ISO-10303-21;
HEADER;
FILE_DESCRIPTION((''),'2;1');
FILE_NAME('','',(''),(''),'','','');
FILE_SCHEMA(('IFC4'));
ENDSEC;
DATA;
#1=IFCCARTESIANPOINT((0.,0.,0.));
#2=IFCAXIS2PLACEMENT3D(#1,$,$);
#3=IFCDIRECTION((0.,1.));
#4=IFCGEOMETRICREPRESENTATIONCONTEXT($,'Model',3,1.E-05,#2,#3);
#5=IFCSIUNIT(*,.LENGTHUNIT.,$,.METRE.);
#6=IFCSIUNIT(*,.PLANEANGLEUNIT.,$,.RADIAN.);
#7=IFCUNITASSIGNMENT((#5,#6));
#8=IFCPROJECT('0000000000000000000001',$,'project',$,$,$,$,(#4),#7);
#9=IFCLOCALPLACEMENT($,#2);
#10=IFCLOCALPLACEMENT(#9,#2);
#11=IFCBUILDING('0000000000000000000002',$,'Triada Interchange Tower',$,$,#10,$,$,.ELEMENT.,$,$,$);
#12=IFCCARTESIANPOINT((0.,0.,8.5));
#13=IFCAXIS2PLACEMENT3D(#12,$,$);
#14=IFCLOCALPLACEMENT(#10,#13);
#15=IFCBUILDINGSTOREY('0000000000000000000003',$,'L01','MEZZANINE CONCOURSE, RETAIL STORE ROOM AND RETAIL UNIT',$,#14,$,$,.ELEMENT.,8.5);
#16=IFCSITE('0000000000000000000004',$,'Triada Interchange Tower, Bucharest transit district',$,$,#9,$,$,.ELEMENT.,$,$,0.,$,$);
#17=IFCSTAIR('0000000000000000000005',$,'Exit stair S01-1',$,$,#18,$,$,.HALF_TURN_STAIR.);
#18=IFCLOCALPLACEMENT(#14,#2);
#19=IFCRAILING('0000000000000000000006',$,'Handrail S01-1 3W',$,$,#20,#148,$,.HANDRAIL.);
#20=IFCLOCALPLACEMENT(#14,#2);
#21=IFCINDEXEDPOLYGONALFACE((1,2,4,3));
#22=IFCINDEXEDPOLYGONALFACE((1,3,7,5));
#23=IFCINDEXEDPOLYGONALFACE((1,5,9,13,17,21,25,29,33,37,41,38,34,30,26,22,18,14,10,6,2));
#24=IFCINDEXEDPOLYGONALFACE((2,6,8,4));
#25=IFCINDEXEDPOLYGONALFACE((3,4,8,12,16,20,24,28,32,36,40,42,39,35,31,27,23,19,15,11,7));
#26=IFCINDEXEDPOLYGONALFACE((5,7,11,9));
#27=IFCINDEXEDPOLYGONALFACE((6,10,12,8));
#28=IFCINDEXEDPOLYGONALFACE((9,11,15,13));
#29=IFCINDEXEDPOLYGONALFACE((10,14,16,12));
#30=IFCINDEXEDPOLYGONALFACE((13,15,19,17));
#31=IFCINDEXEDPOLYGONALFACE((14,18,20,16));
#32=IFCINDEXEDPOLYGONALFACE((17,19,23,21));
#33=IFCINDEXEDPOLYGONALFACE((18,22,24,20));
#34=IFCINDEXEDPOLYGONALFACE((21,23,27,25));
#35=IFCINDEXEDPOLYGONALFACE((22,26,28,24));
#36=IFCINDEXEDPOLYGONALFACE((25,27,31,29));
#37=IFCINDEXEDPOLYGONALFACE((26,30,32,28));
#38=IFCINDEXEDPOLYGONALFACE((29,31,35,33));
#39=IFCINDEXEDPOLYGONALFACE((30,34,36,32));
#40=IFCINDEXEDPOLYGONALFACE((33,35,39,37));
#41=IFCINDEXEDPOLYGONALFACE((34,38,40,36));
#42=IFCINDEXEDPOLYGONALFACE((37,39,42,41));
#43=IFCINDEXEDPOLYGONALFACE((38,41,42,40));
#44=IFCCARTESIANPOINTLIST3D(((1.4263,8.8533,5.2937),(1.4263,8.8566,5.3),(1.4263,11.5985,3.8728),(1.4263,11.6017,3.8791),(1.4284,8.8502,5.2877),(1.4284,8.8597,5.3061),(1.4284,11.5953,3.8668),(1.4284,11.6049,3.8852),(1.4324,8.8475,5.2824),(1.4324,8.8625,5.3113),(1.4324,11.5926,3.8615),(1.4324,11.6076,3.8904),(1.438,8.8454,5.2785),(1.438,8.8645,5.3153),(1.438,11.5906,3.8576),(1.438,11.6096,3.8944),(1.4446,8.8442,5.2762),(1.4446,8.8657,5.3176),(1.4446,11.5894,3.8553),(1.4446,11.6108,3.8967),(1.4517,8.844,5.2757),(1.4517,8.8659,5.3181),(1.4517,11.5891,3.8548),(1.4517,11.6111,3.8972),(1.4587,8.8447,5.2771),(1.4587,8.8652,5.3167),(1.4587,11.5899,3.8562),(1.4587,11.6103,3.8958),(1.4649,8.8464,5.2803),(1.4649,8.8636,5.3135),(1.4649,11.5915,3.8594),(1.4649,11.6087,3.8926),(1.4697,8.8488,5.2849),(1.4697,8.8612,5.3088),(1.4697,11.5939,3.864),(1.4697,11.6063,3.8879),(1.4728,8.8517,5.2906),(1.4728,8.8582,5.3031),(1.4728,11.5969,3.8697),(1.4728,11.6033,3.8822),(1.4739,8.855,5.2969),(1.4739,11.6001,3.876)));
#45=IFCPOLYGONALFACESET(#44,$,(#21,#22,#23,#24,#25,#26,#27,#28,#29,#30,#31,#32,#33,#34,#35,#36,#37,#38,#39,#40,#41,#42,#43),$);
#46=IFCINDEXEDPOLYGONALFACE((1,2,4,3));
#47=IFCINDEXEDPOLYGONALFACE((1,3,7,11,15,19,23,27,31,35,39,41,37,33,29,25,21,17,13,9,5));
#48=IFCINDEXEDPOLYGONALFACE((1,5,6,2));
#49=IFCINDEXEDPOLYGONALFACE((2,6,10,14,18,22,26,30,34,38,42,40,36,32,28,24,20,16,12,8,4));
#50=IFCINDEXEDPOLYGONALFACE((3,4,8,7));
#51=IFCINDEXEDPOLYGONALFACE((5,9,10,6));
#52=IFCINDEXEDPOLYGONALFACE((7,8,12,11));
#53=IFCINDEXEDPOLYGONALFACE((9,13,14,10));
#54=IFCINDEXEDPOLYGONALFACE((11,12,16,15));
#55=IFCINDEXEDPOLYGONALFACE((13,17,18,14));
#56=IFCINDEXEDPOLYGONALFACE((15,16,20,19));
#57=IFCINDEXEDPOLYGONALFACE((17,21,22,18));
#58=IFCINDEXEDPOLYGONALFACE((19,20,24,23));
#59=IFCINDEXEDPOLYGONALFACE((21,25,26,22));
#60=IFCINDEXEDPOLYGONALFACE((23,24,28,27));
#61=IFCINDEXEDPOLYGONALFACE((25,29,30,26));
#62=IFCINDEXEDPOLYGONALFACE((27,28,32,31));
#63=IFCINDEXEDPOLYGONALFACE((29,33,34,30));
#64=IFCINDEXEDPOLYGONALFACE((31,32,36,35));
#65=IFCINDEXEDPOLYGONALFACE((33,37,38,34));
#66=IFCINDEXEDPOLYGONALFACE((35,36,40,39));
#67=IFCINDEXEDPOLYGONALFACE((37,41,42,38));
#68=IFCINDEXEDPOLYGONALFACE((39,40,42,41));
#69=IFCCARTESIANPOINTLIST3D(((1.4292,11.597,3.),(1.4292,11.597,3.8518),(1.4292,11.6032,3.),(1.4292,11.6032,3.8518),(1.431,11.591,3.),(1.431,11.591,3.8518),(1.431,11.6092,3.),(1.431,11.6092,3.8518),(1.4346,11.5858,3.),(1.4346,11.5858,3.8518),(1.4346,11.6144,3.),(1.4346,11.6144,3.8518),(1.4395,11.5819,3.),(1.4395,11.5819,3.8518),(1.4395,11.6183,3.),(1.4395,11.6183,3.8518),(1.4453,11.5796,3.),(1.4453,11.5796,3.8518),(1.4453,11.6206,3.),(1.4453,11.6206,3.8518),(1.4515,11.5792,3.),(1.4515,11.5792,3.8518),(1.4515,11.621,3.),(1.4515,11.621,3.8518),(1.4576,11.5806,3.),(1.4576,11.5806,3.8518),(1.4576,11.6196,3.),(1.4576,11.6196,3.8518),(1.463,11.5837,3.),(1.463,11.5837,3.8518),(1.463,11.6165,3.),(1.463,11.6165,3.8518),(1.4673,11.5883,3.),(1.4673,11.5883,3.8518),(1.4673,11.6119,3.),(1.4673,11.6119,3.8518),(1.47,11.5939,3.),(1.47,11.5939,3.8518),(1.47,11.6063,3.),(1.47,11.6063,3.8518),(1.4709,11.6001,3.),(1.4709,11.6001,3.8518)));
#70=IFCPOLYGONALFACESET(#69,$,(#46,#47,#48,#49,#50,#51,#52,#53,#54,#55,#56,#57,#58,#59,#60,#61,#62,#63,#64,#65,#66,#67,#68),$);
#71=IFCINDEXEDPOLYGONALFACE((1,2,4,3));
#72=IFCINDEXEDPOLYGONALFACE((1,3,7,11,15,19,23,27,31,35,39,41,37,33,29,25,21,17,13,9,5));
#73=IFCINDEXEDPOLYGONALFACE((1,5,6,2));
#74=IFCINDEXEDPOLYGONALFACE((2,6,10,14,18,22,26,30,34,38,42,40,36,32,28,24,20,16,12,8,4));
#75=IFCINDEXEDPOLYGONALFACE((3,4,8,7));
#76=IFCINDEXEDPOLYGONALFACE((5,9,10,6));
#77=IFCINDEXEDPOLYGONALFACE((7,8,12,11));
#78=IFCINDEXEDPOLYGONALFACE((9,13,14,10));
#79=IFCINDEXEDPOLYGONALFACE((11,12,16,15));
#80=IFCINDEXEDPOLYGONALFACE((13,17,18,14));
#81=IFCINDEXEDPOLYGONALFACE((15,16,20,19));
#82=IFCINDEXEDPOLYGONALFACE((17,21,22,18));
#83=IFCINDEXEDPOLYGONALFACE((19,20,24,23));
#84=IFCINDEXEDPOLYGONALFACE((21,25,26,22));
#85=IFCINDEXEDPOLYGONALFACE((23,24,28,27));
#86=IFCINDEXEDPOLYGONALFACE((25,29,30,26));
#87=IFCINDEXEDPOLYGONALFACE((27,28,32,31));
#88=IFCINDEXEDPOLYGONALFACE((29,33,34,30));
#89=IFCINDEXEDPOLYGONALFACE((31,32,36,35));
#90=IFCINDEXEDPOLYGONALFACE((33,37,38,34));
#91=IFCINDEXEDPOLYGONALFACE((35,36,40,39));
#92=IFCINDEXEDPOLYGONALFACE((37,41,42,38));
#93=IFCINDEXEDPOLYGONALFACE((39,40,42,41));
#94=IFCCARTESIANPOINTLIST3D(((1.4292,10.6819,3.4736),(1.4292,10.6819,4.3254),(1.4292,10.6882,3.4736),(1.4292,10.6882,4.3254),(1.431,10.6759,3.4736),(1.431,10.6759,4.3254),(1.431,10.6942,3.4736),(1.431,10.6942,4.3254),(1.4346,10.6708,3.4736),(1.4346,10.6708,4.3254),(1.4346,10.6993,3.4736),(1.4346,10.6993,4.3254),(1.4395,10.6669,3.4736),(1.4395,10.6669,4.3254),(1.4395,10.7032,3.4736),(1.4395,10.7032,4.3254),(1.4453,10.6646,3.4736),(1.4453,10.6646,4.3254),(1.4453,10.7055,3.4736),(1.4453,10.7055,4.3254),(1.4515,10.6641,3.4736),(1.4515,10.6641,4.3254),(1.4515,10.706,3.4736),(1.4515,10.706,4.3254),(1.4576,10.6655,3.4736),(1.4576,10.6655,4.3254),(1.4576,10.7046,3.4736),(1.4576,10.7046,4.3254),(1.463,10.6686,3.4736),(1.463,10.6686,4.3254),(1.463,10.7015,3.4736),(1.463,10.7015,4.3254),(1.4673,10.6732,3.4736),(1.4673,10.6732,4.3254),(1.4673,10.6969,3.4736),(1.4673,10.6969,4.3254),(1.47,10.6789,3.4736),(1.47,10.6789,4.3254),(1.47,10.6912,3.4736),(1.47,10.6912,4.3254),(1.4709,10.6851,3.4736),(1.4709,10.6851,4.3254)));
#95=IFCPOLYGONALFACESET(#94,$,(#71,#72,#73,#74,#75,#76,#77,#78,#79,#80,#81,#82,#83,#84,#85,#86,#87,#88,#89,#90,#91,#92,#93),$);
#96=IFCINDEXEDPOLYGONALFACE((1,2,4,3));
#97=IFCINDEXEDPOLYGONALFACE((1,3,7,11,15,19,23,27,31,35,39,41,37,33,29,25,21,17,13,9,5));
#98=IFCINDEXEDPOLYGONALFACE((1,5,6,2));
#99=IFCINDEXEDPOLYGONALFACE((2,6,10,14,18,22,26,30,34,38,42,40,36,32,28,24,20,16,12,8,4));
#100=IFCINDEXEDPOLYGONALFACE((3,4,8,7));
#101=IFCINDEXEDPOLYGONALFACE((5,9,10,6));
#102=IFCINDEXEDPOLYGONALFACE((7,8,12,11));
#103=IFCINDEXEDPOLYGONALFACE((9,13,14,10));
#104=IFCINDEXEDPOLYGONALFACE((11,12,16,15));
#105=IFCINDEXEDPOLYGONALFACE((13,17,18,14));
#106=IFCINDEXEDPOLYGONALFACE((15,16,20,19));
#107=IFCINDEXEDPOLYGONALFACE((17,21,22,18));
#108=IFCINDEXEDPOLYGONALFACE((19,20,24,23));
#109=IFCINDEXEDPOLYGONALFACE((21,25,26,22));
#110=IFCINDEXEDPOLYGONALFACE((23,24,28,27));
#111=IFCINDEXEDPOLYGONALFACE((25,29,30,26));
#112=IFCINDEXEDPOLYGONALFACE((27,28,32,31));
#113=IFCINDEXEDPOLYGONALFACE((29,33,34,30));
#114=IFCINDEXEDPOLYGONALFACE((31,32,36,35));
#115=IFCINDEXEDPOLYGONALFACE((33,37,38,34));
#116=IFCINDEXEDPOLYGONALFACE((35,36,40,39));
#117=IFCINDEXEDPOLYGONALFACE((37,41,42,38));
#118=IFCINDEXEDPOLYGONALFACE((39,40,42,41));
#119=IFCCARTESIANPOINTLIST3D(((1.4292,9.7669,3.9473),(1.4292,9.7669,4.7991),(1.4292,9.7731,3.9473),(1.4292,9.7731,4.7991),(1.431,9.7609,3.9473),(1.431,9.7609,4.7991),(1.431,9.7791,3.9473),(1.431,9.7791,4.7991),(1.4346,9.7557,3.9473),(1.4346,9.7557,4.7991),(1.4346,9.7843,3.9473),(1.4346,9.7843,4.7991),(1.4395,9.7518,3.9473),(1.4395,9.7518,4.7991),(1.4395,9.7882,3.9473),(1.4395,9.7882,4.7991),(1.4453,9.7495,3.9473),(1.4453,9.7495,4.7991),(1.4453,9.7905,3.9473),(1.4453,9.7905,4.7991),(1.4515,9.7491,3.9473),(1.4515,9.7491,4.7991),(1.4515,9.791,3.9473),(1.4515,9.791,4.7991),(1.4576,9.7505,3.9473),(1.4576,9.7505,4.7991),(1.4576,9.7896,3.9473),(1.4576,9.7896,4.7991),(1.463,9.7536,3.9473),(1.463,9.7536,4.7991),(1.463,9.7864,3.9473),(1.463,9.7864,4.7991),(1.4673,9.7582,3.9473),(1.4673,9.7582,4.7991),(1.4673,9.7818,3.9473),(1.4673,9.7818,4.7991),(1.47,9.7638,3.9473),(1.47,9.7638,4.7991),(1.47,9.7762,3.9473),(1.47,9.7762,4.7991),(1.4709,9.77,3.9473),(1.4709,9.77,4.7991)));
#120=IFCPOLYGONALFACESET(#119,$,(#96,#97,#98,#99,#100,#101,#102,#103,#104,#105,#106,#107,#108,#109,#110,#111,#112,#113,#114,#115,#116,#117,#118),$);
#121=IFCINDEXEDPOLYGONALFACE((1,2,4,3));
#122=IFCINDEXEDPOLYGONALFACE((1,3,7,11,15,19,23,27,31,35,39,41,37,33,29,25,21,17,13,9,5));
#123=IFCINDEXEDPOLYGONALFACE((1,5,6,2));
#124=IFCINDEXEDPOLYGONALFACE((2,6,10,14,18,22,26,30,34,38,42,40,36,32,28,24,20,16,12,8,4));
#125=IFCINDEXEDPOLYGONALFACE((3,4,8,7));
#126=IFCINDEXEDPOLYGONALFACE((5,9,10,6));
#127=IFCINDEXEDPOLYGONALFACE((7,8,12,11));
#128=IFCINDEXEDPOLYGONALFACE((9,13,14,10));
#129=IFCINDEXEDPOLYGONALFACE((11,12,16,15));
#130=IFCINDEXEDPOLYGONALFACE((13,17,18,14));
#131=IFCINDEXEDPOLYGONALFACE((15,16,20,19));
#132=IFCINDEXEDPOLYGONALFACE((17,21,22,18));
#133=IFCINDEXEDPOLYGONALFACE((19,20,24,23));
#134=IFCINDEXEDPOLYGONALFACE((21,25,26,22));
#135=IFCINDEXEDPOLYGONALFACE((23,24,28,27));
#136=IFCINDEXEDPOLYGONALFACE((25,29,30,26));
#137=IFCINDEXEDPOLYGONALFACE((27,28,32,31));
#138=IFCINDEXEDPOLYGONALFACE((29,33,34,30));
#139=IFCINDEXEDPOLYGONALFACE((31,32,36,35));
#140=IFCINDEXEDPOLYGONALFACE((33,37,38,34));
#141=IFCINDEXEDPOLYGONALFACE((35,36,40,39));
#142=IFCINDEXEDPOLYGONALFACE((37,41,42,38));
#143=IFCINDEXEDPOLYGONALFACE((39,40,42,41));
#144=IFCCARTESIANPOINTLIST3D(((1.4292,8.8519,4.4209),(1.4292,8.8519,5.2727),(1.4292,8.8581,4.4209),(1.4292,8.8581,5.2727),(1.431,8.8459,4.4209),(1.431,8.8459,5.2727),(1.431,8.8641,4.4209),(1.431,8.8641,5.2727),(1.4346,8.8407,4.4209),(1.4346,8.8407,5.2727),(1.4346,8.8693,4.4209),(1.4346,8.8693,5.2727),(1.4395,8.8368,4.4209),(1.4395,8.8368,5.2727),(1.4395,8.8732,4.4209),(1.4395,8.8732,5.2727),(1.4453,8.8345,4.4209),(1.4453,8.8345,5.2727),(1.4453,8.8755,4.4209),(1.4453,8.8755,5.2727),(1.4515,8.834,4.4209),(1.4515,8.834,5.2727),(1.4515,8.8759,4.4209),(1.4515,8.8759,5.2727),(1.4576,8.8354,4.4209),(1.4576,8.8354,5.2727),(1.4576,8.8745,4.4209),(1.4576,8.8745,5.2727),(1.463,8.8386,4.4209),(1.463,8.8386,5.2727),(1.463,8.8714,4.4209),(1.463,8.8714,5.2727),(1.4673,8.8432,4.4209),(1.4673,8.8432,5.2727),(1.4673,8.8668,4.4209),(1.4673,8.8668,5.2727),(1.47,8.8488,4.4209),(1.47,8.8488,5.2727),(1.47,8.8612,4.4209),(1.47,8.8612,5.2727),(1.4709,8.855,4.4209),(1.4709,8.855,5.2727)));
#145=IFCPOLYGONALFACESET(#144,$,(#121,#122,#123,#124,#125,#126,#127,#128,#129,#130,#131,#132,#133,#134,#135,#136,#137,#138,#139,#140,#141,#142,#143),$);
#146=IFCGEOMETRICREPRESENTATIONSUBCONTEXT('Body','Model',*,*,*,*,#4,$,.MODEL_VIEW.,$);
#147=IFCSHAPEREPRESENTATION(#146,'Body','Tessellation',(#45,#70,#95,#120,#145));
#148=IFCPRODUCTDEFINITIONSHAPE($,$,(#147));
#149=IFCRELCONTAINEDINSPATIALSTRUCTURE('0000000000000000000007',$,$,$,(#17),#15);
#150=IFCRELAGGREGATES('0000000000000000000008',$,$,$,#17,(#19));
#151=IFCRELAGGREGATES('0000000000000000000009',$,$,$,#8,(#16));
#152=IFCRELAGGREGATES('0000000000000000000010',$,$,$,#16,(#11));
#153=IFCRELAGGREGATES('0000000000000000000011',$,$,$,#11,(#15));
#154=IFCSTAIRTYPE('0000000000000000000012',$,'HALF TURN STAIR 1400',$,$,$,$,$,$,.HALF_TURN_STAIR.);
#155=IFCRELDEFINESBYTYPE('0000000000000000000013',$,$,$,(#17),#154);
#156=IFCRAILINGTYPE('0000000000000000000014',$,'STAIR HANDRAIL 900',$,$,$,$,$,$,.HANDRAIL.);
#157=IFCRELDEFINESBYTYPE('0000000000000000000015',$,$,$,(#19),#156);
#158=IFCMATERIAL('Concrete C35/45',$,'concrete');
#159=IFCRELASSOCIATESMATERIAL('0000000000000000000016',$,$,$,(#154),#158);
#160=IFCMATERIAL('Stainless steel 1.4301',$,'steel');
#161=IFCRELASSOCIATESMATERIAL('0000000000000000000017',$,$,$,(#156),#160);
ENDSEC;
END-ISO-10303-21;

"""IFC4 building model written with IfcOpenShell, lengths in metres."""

from ifc_helpers import new_model, si_unit, direction, frame, origin, origin_2d, place, context, subcontext, project, spatial, circle, extrude, material, type_object, element, aggregate, save


model = new_model("IFC4")

# Units and contexts
model_context = context("Model", 3, precision=1e-05, world=origin(), true_north=direction((0.0, 1.0)))
body_context = subcontext(model_context, "Body", "Model", "MODEL_VIEW")
ifc_project = project(units=[si_unit("LENGTHUNIT", "METRE"), si_unit("PLANEANGLEUNIT", "RADIAN")], contexts=[model_context])

# Site, building, storey
site_placement = place(None, origin())
site = spatial("IfcSite", under=ifc_project, at=site_placement, Name="Triada Interchange Tower, Bucharest transit district", CompositionType="ELEMENT", RefElevation=0.0)
building_placement = place(site_placement, origin())
building = spatial("IfcBuilding", under=site, at=building_placement, Name="Triada Interchange Tower", CompositionType="ELEMENT")
storey_placement = place(building_placement, frame((0.0, 0.0, 8.5)))
storey = spatial("IfcBuildingStorey", under=building, at=storey_placement, Name="L01", Description="MEZZANINE CONCOURSE, RETAIL STORE ROOM AND RETAIL UNIT", CompositionType="ELEMENT", Elevation=8.5)

# Shared definitions
ifc_material_1 = material(Name="Concrete C35/45", Category="concrete")

# Shared definitions
stair_type = type_object("IfcStairType", Name="HALF TURN STAIR 1400", PredefinedType="HALF_TURN_STAIR", material=ifc_material_1)

# Stair, railing
stair_1_placement = place(storey_placement, origin())
stair_1 = element("IfcStair", 1, at=stair_1_placement, inside=storey, type_object=stair_type, Name="Exit stair S01-1", PredefinedType="HALF_TURN_STAIR")
ifc_material_2 = material(Name="Stainless steel 1.4301", Category="steel")
railing_type_1 = type_object("IfcRailingType", Name="STAIR HANDRAIL 900", PredefinedType="HANDRAIL", material=ifc_material_2)
railing_1_placement = place(storey_placement, frame((1.45, 11.6001, 3.0)))
railing_1 = element("IfcRailing", 2, at=railing_1_placement, type_object=railing_type_1, Name="Handrail S01-1 3W", PredefinedType="HANDRAIL", context=body_context, shape_type="SweptSolid", body=[
    extrude(circle(Radius=0.0239, at=origin_2d()), frame((0.0, 0.0, 0.876), z_axis=(0.0, -0.888084, 0.459681), x_axis=(1.0, 0.0, 0.0)), (0.0, 0.0, 1.0), 3.0911),
    extrude(circle(Radius=0.021, at=origin_2d()), origin(), (0.0, 0.0, 1.0), 0.8518),
    extrude(circle(Radius=0.021, at=origin_2d()), frame((0.0, -0.915, 0.4736)), (0.0, 0.0, 1.0), 0.8518),
    extrude(circle(Radius=0.021, at=origin_2d()), frame((0.0, -1.8301, 0.9473)), (0.0, 0.0, 1.0), 0.8518),
    extrude(circle(Radius=0.021, at=origin_2d()), frame((0.0, -2.7451, 1.4209)), (0.0, 0.0, 1.0), 0.8518),
])
aggregate(stair_1, [railing_1])

save(model, "model.ifc")
